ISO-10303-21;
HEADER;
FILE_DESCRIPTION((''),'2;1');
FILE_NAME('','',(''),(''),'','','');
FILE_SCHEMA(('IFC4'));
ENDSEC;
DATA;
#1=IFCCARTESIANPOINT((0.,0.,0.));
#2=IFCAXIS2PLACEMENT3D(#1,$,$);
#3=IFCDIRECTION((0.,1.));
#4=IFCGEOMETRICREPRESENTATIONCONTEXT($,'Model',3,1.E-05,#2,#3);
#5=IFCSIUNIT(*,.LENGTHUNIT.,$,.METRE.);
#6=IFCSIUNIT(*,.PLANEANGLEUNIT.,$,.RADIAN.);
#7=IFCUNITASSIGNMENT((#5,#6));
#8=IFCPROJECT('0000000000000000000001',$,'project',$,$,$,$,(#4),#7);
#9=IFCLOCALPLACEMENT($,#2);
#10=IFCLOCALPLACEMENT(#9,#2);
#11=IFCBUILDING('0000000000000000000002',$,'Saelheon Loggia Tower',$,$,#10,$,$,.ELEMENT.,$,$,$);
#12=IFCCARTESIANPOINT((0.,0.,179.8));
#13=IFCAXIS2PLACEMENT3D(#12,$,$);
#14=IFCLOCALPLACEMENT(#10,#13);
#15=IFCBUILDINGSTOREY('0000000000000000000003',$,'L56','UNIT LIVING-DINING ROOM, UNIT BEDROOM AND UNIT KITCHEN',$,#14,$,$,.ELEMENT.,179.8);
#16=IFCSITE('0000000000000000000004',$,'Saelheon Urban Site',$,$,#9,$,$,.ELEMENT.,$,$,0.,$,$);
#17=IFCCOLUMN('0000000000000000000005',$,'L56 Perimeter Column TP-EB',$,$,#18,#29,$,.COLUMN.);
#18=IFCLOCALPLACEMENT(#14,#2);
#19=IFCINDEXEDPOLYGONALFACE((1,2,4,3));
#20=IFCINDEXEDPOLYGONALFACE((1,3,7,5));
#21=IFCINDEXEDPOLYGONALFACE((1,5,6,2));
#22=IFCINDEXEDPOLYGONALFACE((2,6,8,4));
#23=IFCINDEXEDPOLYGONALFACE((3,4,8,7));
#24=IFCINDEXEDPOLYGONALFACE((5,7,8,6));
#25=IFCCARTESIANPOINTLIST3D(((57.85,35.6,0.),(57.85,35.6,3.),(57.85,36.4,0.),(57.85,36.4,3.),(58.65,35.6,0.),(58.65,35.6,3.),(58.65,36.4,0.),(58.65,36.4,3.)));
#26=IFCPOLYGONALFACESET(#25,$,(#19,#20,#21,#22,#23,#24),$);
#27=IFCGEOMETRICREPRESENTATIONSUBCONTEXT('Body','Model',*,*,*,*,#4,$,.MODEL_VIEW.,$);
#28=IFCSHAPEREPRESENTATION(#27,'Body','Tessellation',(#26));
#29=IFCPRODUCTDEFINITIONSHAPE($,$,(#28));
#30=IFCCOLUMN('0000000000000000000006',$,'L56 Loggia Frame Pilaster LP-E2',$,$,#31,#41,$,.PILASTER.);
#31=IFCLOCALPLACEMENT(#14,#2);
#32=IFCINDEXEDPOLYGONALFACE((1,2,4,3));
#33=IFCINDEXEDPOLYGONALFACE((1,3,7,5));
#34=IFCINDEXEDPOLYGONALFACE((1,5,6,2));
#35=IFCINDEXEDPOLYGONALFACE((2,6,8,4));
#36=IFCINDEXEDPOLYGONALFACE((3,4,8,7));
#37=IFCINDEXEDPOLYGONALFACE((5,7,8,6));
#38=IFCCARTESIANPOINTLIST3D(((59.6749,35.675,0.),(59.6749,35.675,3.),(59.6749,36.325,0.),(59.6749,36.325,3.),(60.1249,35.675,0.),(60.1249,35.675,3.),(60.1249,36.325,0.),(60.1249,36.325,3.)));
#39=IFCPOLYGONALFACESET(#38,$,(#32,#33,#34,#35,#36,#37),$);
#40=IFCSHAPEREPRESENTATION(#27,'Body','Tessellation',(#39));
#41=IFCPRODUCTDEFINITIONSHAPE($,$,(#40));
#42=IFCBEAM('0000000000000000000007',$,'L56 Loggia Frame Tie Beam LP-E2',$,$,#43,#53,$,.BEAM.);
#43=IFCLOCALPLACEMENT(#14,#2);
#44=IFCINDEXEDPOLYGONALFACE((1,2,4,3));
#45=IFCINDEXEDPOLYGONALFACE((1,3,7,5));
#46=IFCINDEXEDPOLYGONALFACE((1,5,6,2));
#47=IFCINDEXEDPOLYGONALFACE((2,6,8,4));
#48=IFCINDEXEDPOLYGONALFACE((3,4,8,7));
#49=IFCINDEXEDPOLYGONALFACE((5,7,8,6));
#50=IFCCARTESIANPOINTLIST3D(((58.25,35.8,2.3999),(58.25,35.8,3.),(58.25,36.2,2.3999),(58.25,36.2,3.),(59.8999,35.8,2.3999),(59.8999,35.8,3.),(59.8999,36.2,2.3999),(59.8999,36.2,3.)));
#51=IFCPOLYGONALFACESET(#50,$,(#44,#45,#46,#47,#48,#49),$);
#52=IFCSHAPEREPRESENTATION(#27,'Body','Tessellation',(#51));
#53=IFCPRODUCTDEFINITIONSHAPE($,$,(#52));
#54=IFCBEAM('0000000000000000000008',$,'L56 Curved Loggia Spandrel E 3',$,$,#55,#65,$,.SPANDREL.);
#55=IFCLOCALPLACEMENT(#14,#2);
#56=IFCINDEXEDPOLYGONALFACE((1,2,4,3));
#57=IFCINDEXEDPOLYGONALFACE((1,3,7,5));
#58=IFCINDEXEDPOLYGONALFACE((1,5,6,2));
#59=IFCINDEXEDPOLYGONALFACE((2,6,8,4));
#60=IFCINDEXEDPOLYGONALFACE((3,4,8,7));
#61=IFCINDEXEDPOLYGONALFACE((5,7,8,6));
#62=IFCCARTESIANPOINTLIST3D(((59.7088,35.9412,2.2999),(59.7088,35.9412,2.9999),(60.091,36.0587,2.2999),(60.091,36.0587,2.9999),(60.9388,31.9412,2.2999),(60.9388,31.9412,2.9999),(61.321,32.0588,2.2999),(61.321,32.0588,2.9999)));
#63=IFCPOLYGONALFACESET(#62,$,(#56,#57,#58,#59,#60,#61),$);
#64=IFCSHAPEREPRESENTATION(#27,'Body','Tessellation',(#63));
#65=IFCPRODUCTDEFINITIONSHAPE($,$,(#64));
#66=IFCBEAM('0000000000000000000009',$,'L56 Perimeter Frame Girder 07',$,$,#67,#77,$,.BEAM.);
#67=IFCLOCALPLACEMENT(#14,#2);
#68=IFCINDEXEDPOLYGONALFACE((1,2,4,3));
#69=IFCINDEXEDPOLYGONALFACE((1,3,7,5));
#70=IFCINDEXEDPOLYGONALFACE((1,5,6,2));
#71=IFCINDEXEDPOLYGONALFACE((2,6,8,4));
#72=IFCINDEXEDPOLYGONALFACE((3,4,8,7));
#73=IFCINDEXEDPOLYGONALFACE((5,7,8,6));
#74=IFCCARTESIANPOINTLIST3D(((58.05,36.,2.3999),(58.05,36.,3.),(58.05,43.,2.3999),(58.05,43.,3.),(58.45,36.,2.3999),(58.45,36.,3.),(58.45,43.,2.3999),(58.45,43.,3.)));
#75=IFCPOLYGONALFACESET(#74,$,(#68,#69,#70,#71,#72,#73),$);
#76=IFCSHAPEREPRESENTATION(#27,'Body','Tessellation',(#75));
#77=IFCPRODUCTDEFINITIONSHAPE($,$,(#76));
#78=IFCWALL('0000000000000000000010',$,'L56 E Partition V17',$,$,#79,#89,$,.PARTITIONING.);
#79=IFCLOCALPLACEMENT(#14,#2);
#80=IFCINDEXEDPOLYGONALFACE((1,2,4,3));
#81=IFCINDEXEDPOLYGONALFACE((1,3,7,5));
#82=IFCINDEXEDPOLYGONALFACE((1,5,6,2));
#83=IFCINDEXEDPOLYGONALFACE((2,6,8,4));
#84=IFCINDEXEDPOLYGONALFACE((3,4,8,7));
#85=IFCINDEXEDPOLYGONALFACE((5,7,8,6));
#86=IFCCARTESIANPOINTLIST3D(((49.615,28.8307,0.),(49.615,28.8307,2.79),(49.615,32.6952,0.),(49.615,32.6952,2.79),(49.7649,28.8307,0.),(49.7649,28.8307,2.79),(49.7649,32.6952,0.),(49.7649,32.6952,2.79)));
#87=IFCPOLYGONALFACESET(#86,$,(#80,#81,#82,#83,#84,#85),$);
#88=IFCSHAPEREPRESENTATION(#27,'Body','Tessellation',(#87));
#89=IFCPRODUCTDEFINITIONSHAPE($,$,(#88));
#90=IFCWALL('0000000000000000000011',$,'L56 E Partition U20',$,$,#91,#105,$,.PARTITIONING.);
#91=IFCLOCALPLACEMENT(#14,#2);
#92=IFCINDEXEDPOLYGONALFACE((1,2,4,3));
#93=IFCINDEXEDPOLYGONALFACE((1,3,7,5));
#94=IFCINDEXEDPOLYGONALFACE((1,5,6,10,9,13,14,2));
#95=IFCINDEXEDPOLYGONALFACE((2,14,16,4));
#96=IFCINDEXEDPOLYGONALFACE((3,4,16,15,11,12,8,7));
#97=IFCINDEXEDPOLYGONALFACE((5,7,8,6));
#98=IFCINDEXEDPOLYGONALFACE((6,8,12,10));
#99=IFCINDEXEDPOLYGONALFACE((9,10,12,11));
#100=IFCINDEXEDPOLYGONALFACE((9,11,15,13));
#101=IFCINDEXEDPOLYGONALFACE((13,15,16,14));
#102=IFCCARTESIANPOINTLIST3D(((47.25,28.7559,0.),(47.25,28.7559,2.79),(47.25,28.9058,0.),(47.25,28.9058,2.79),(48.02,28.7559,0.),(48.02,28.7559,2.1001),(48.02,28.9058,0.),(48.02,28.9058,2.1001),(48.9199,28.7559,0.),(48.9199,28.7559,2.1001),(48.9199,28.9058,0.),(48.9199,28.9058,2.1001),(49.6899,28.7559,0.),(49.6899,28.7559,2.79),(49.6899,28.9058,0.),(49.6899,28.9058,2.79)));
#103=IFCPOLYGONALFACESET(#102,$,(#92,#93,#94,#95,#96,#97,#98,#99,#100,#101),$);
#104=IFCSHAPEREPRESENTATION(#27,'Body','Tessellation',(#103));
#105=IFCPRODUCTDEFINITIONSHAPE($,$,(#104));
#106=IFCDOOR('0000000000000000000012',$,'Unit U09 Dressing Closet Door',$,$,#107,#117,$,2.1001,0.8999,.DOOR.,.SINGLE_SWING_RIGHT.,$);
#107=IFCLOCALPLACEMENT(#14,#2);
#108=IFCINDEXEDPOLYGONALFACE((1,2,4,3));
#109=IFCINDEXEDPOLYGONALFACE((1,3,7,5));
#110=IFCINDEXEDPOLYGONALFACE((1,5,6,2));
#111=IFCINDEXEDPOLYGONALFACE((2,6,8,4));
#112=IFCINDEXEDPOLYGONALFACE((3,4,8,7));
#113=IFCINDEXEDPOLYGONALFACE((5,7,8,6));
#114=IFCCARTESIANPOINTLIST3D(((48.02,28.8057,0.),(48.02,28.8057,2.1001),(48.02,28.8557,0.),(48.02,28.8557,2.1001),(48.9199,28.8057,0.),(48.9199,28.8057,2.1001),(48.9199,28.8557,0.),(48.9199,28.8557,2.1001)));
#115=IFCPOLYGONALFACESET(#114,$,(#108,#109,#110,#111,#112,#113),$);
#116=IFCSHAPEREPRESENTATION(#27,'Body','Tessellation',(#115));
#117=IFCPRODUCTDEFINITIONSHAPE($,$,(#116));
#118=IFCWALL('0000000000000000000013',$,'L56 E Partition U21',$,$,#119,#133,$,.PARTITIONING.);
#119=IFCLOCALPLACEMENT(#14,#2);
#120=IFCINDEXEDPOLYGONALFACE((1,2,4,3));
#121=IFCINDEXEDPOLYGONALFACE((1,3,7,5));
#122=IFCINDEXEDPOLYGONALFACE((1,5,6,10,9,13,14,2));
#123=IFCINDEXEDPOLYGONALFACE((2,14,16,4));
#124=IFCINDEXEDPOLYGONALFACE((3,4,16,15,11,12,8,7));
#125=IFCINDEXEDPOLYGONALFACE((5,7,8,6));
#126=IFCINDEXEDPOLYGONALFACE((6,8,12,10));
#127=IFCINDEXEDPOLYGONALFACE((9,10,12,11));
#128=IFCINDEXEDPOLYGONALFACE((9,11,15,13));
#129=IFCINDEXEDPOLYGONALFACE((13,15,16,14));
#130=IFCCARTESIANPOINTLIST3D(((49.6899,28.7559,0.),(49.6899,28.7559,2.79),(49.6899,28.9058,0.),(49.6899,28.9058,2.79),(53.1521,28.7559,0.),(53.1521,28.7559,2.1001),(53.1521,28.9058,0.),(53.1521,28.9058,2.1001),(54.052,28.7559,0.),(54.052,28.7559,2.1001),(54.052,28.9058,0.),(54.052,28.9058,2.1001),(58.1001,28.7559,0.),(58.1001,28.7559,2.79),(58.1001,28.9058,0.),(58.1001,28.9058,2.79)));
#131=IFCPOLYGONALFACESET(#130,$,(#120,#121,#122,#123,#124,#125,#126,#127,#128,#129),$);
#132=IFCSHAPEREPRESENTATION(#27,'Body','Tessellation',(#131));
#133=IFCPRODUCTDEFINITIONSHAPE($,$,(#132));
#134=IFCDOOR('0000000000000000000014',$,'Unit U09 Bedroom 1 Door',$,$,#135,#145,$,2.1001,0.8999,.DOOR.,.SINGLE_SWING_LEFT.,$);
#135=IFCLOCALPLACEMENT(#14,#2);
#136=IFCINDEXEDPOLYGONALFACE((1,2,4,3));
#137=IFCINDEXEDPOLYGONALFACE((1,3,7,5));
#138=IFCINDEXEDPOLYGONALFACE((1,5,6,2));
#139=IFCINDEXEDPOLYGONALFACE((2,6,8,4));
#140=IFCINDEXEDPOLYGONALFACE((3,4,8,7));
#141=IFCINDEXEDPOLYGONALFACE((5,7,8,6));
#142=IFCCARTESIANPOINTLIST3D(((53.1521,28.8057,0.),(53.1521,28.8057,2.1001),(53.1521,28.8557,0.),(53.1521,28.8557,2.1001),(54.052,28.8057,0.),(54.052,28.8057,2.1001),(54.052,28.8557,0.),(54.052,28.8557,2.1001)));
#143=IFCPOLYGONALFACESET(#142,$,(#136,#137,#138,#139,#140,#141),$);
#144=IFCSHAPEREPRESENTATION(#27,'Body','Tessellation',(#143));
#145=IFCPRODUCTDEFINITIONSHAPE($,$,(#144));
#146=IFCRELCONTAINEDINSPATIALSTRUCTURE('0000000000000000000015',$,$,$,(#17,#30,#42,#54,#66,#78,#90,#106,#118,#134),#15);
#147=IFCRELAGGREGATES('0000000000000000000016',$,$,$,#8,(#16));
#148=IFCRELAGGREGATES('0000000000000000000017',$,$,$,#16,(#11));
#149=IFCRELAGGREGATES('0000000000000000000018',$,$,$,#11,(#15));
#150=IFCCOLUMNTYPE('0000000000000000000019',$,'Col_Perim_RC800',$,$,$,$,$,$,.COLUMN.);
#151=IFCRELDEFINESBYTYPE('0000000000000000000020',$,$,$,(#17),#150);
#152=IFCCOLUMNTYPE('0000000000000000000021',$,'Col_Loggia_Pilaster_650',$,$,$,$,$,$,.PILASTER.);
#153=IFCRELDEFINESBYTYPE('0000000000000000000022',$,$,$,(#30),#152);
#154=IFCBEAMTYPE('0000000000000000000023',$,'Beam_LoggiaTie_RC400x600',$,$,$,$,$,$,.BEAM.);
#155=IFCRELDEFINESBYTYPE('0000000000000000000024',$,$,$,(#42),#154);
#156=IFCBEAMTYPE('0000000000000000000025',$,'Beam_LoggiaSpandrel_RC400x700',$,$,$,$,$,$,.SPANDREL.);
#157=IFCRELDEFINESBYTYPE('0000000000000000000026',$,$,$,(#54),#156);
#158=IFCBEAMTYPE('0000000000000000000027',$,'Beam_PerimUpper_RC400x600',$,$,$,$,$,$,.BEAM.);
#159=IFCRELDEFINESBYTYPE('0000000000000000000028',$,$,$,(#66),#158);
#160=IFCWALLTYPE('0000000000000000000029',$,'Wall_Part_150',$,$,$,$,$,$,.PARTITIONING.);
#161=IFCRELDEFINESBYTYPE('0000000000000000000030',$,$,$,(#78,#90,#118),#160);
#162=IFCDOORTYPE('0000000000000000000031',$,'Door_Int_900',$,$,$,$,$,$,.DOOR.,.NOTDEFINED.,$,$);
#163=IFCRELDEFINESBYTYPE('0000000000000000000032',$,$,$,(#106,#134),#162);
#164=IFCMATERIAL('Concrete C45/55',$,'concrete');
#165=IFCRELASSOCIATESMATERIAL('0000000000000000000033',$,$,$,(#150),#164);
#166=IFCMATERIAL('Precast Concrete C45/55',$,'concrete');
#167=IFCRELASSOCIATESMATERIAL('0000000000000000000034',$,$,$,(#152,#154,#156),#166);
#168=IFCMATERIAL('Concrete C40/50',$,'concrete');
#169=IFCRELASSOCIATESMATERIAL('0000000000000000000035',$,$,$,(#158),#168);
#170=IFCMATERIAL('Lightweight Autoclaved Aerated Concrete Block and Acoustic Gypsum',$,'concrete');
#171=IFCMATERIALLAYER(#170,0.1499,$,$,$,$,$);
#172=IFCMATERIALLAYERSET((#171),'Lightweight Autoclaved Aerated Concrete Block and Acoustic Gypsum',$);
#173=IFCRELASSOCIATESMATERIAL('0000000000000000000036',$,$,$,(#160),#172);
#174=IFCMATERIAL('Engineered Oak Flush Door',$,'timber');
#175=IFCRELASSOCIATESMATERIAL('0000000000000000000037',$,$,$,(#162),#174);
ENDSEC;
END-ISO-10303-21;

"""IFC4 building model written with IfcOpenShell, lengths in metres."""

from ifc_helpers import new_model, si_unit, direction, frame, frame_2d, origin, origin_2d, place, context, subcontext, project, spatial, rectangle, extrude, source, transform, mapped, material, layer, layer_set, material_profile, profile_set, type_object, element, fill, save


model = new_model("IFC4")

# Units and contexts
model_context = context("Model", 3, precision=1e-05, world=origin(), true_north=direction((0.0, 1.0)))
body_context = subcontext(model_context, "Body", "Model", "MODEL_VIEW")
ifc_project = project(units=[si_unit("LENGTHUNIT", "METRE"), si_unit("PLANEANGLEUNIT", "RADIAN")], contexts=[model_context])

# Site, building, storey
site_placement = place(None, origin())
site = spatial("IfcSite", under=ifc_project, at=site_placement, Name="Saelheon Urban Site", CompositionType="ELEMENT", RefElevation=0.0)
building_placement = place(site_placement, origin())
building = spatial("IfcBuilding", under=site, at=building_placement, Name="Saelheon Loggia Tower", CompositionType="ELEMENT")
storey_placement = place(building_placement, frame((0.0, 0.0, 179.8)))
storey = spatial("IfcBuildingStorey", under=building, at=storey_placement, Name="L56", Description="UNIT LIVING-DINING ROOM, UNIT BEDROOM AND UNIT KITCHEN", CompositionType="ELEMENT", Elevation=179.8)

# Columns
ifc_material_1 = material(Name="Concrete C45/55", Category="concrete")
ifc_material_profile_1 = material_profile(ifc_material_1, rectangle(XDim=0.8, YDim=0.8, at=origin_2d()), Name="RC-800x800")
ifc_profile_set_1 = profile_set([ifc_material_profile_1], Name="Concrete C45/55")
column_type_1 = type_object("IfcColumnType", Name="Col_Perim_RC800", PredefinedType="COLUMN", material=ifc_profile_set_1)
shared_shape_1 = source(origin(), body_context, "Body", "SweptSolid", [
    extrude(rectangle(XDim=0.8, YDim=0.8, at=origin_2d()), origin(), (0.0, 0.0, 1.0), 3.0),
])
column_1_placement = place(storey_placement, frame((58.25, 36.0, 0.0), z_axis=(0.0, 0.0, 1.0), x_axis=(1.0, 0.0, 0.0)))
element("IfcColumn", 1, at=column_1_placement, inside=storey, type_object=column_type_1, Name="L56 Perimeter Column TP-EB", PredefinedType="COLUMN", context=body_context, shape_type="MappedRepresentation", body=[
    mapped(shared_shape_1, transform((0.0, 0.0, 0.0), scale=1.0)),
])
ifc_material_2 = material(Name="Precast Concrete C45/55", Category="concrete")
ifc_material_profile_2 = material_profile(ifc_material_2, rectangle(XDim=0.45, YDim=0.6499, at=origin_2d()), Name="RC-450x650")
ifc_profile_set_2 = profile_set([ifc_material_profile_2], Name="Precast Concrete C45/55")
column_type_2 = type_object("IfcColumnType", Name="Col_Loggia_Pilaster_650", PredefinedType="PILASTER", material=ifc_profile_set_2)
shared_shape_2 = source(origin(), body_context, "Body", "SweptSolid", [
    extrude(rectangle(XDim=0.45, YDim=0.6499, at=origin_2d()), origin(), (0.0, 0.0, 1.0), 3.0),
])
column_2_placement = place(storey_placement, frame((59.8999, 36.0, 0.0), z_axis=(0.0, 0.0, 1.0), x_axis=(1.0, 0.0, 0.0)))
element("IfcColumn", 2, at=column_2_placement, inside=storey, type_object=column_type_2, Name="L56 Loggia Frame Pilaster LP-E2", PredefinedType="PILASTER", context=body_context, shape_type="MappedRepresentation", body=[
    mapped(shared_shape_2, transform((0.0, 0.0, 0.0), scale=1.0)),
])

# Beams
ifc_material_profile_3 = material_profile(ifc_material_2, rectangle(XDim=0.3999, YDim=0.6001, at=origin_2d()), Name="RC-400x600")
ifc_profile_set_3 = profile_set([ifc_material_profile_3], Name="Precast Concrete C45/55")
beam_type_1 = type_object("IfcBeamType", Name="Beam_LoggiaTie_RC400x600", PredefinedType="BEAM", material=ifc_profile_set_3)
shared_shape_3 = source(origin(), body_context, "Body", "SweptSolid", [
    extrude(rectangle(XDim=0.3999, YDim=0.6001, at=origin_2d()), origin(), (0.0, 0.0, 1.0), 1.6499),
])
beam_1_placement = place(storey_placement, frame((58.25, 36.0, 2.7), z_axis=(1.0, 0.0, 0.0), x_axis=(0.0, 1.0, 0.0)))
element("IfcBeam", 3, at=beam_1_placement, inside=storey, type_object=beam_type_1, Name="L56 Loggia Frame Tie Beam LP-E2", PredefinedType="BEAM", context=body_context, shape_type="MappedRepresentation", body=[
    mapped(shared_shape_3, transform((0.0, 0.0, 0.0), scale=1.0)),
])
ifc_material_profile_4 = material_profile(ifc_material_2, rectangle(XDim=0.3999, YDim=0.7, at=origin_2d()), Name="RC-400x700")
ifc_profile_set_4 = profile_set([ifc_material_profile_4], Name="Precast Concrete C45/55")
beam_type_2 = type_object("IfcBeamType", Name="Beam_LoggiaSpandrel_RC400x700", PredefinedType="SPANDREL", material=ifc_profile_set_4)
shared_shape_4 = source(origin(), body_context, "Body", "SweptSolid", [
    extrude(rectangle(XDim=0.3999, YDim=0.7, at=origin_2d()), origin(), (0.0, 0.0, 1.0), 4.1848),
])
beam_2_placement = place(storey_placement, frame((61.1299, 32.0, 2.6499), z_axis=(-0.293914, 0.955832, 0.0), x_axis=(-0.955832, -0.293914, 0.0)))
element("IfcBeam", 4, at=beam_2_placement, inside=storey, type_object=beam_type_2, Name="L56 Curved Loggia Spandrel E 3", PredefinedType="SPANDREL", context=body_context, shape_type="MappedRepresentation", body=[
    mapped(shared_shape_4, transform((0.0, 0.0, 0.0), scale=1.0)),
])
ifc_material_3 = material(Name="Concrete C40/50", Category="concrete")
ifc_material_profile_5 = material_profile(ifc_material_3, rectangle(XDim=0.3999, YDim=0.6001, at=origin_2d()), Name="RC-400x600")
ifc_profile_set_5 = profile_set([ifc_material_profile_5], Name="Concrete C40/50")
beam_type_3 = type_object("IfcBeamType", Name="Beam_PerimUpper_RC400x600", PredefinedType="BEAM", material=ifc_profile_set_5)
shared_shape_5 = source(origin(), body_context, "Body", "SweptSolid", [
    extrude(rectangle(XDim=0.3999, YDim=0.6001, at=origin_2d()), origin(), (0.0, 0.0, 1.0), 7.0),
])
beam_3_placement = place(storey_placement, frame((58.25, 36.0, 2.7), z_axis=(0.0, 1.0, 0.0), x_axis=(-1.0, 0.0, 0.0)))
element("IfcBeam", 5, at=beam_3_placement, inside=storey, type_object=beam_type_3, Name="L56 Perimeter Frame Girder 07", PredefinedType="BEAM", context=body_context, shape_type="MappedRepresentation", body=[
    mapped(shared_shape_5, transform((0.0, 0.0, 0.0), scale=1.0)),
])

# Wall
ifc_material_4 = material(Name="Lightweight Autoclaved Aerated Concrete Block and Acoustic Gypsum", Category="concrete")
ifc_layer_1 = layer(ifc_material_4, 0.1499)
ifc_layer_set_1 = layer_set([ifc_layer_1], Name="Lightweight Autoclaved Aerated Concrete Block and Acoustic Gypsum")
wall_type_1 = type_object("IfcWallType", Name="Wall_Part_150", PredefinedType="PARTITIONING", material=ifc_layer_set_1)
wall_1_placement = place(storey_placement, frame((49.6899, 28.8308, 0.0), z_axis=(0.0, 0.0, 1.0), x_axis=(0.0, 1.0, 0.0)))
element("IfcWall", 6, at=wall_1_placement, inside=storey, type_object=wall_type_1, Name="L56 E Partition V17", PredefinedType="PARTITIONING", context=body_context, shape_type="SweptSolid", body=[
    extrude(rectangle(XDim=3.8645, YDim=0.1499, at=frame_2d((1.9321, 0.0))), origin(), (0.0, 0.0, 1.0), 2.79),
])

# Walls, openings, doors
wall_2_placement = place(storey_placement, frame((47.25, 28.8308, 0.0), z_axis=(0.0, 0.0, 1.0), x_axis=(1.0, 0.0, 0.0)))
wall_2 = element("IfcWall", 7, at=wall_2_placement, inside=storey, type_object=wall_type_1, Name="L56 E Partition U20", PredefinedType="PARTITIONING", context=body_context, shape_type="SweptSolid", body=[
    extrude(rectangle(XDim=2.4399, YDim=0.1499, at=frame_2d((1.22, 0.0))), origin(), (0.0, 0.0, 1.0), 2.79),
])
opening_1_placement = place(wall_2_placement, frame((0.77, 0.0, 0.0)))
opening_1 = element("IfcOpeningElement", 8, at=opening_1_placement, cuts=wall_2, PredefinedType="OPENING", context=body_context, shape_type="SweptSolid", body=[
    extrude(rectangle(XDim=0.8999, YDim=2.1001, at=frame_2d((0.45, 1.05))), frame((0.0, 0.0869, 0.0), z_axis=(0.0, -1.0, 0.0), x_axis=(1.0, 0.0, 0.0)), (0.0, 0.0, 1.0), 0.1738),
])
ifc_material_5 = material(Name="Engineered Oak Flush Door", Category="timber")
door_type_1 = type_object("IfcDoorType", Name="Door_Int_900", OperationType="NOTDEFINED", PredefinedType="DOOR", material=ifc_material_5)
shared_shape_6 = source(origin(), body_context, "Body", "SweptSolid", [
    extrude(rectangle(XDim=0.8999, YDim=2.1001, at=frame_2d((0.45, 1.05))), frame((0.0, 0.0249, 0.0), z_axis=(0.0, -1.0, 0.0), x_axis=(1.0, 0.0, 0.0)), (0.0, 0.0, 1.0), 0.05),
])
door_1_placement = place(opening_1_placement, origin())
door_1 = element("IfcDoor", 9, at=door_1_placement, inside=storey, type_object=door_type_1, Name="Unit U09 Dressing Closet Door", OperationType="SINGLE_SWING_RIGHT", OverallHeight=2.1001, OverallWidth=0.8999, PredefinedType="DOOR", context=body_context, shape_type="MappedRepresentation", body=[
    mapped(shared_shape_6, transform((0.0, 0.0, 0.0), scale=1.0)),
])
fill(opening_1, door_1)
wall_3_placement = place(storey_placement, frame((49.6899, 28.8308, 0.0), z_axis=(0.0, 0.0, 1.0), x_axis=(1.0, 0.0, 0.0)))
wall_3 = element("IfcWall", 10, at=wall_3_placement, inside=storey, type_object=wall_type_1, Name="L56 E Partition U21", PredefinedType="PARTITIONING", context=body_context, shape_type="SweptSolid", body=[
    extrude(rectangle(XDim=8.4102, YDim=0.1499, at=frame_2d((4.2051, 0.0))), origin(), (0.0, 0.0, 1.0), 2.79),
])
opening_2_placement = place(wall_3_placement, frame((3.4622, 0.0, 0.0)))
opening_2 = element("IfcOpeningElement", 11, at=opening_2_placement, cuts=wall_3, PredefinedType="OPENING", context=body_context, shape_type="SweptSolid", body=[
    extrude(rectangle(XDim=0.8999, YDim=2.1001, at=frame_2d((0.45, 1.05))), frame((0.0, 0.0869, 0.0), z_axis=(0.0, -1.0, 0.0), x_axis=(1.0, 0.0, 0.0)), (0.0, 0.0, 1.0), 0.1738),
])
door_2_placement = place(opening_2_placement, origin())
door_2 = element("IfcDoor", 12, at=door_2_placement, inside=storey, type_object=door_type_1, Name="Unit U09 Bedroom 1 Door", OperationType="SINGLE_SWING_LEFT", OverallHeight=2.1001, OverallWidth=0.8999, PredefinedType="DOOR", context=body_context, shape_type="MappedRepresentation", body=[
    mapped(shared_shape_6, transform((0.0, 0.0, 0.0), scale=1.0)),
])
fill(opening_2, door_2)

save(model, "model.ifc")
